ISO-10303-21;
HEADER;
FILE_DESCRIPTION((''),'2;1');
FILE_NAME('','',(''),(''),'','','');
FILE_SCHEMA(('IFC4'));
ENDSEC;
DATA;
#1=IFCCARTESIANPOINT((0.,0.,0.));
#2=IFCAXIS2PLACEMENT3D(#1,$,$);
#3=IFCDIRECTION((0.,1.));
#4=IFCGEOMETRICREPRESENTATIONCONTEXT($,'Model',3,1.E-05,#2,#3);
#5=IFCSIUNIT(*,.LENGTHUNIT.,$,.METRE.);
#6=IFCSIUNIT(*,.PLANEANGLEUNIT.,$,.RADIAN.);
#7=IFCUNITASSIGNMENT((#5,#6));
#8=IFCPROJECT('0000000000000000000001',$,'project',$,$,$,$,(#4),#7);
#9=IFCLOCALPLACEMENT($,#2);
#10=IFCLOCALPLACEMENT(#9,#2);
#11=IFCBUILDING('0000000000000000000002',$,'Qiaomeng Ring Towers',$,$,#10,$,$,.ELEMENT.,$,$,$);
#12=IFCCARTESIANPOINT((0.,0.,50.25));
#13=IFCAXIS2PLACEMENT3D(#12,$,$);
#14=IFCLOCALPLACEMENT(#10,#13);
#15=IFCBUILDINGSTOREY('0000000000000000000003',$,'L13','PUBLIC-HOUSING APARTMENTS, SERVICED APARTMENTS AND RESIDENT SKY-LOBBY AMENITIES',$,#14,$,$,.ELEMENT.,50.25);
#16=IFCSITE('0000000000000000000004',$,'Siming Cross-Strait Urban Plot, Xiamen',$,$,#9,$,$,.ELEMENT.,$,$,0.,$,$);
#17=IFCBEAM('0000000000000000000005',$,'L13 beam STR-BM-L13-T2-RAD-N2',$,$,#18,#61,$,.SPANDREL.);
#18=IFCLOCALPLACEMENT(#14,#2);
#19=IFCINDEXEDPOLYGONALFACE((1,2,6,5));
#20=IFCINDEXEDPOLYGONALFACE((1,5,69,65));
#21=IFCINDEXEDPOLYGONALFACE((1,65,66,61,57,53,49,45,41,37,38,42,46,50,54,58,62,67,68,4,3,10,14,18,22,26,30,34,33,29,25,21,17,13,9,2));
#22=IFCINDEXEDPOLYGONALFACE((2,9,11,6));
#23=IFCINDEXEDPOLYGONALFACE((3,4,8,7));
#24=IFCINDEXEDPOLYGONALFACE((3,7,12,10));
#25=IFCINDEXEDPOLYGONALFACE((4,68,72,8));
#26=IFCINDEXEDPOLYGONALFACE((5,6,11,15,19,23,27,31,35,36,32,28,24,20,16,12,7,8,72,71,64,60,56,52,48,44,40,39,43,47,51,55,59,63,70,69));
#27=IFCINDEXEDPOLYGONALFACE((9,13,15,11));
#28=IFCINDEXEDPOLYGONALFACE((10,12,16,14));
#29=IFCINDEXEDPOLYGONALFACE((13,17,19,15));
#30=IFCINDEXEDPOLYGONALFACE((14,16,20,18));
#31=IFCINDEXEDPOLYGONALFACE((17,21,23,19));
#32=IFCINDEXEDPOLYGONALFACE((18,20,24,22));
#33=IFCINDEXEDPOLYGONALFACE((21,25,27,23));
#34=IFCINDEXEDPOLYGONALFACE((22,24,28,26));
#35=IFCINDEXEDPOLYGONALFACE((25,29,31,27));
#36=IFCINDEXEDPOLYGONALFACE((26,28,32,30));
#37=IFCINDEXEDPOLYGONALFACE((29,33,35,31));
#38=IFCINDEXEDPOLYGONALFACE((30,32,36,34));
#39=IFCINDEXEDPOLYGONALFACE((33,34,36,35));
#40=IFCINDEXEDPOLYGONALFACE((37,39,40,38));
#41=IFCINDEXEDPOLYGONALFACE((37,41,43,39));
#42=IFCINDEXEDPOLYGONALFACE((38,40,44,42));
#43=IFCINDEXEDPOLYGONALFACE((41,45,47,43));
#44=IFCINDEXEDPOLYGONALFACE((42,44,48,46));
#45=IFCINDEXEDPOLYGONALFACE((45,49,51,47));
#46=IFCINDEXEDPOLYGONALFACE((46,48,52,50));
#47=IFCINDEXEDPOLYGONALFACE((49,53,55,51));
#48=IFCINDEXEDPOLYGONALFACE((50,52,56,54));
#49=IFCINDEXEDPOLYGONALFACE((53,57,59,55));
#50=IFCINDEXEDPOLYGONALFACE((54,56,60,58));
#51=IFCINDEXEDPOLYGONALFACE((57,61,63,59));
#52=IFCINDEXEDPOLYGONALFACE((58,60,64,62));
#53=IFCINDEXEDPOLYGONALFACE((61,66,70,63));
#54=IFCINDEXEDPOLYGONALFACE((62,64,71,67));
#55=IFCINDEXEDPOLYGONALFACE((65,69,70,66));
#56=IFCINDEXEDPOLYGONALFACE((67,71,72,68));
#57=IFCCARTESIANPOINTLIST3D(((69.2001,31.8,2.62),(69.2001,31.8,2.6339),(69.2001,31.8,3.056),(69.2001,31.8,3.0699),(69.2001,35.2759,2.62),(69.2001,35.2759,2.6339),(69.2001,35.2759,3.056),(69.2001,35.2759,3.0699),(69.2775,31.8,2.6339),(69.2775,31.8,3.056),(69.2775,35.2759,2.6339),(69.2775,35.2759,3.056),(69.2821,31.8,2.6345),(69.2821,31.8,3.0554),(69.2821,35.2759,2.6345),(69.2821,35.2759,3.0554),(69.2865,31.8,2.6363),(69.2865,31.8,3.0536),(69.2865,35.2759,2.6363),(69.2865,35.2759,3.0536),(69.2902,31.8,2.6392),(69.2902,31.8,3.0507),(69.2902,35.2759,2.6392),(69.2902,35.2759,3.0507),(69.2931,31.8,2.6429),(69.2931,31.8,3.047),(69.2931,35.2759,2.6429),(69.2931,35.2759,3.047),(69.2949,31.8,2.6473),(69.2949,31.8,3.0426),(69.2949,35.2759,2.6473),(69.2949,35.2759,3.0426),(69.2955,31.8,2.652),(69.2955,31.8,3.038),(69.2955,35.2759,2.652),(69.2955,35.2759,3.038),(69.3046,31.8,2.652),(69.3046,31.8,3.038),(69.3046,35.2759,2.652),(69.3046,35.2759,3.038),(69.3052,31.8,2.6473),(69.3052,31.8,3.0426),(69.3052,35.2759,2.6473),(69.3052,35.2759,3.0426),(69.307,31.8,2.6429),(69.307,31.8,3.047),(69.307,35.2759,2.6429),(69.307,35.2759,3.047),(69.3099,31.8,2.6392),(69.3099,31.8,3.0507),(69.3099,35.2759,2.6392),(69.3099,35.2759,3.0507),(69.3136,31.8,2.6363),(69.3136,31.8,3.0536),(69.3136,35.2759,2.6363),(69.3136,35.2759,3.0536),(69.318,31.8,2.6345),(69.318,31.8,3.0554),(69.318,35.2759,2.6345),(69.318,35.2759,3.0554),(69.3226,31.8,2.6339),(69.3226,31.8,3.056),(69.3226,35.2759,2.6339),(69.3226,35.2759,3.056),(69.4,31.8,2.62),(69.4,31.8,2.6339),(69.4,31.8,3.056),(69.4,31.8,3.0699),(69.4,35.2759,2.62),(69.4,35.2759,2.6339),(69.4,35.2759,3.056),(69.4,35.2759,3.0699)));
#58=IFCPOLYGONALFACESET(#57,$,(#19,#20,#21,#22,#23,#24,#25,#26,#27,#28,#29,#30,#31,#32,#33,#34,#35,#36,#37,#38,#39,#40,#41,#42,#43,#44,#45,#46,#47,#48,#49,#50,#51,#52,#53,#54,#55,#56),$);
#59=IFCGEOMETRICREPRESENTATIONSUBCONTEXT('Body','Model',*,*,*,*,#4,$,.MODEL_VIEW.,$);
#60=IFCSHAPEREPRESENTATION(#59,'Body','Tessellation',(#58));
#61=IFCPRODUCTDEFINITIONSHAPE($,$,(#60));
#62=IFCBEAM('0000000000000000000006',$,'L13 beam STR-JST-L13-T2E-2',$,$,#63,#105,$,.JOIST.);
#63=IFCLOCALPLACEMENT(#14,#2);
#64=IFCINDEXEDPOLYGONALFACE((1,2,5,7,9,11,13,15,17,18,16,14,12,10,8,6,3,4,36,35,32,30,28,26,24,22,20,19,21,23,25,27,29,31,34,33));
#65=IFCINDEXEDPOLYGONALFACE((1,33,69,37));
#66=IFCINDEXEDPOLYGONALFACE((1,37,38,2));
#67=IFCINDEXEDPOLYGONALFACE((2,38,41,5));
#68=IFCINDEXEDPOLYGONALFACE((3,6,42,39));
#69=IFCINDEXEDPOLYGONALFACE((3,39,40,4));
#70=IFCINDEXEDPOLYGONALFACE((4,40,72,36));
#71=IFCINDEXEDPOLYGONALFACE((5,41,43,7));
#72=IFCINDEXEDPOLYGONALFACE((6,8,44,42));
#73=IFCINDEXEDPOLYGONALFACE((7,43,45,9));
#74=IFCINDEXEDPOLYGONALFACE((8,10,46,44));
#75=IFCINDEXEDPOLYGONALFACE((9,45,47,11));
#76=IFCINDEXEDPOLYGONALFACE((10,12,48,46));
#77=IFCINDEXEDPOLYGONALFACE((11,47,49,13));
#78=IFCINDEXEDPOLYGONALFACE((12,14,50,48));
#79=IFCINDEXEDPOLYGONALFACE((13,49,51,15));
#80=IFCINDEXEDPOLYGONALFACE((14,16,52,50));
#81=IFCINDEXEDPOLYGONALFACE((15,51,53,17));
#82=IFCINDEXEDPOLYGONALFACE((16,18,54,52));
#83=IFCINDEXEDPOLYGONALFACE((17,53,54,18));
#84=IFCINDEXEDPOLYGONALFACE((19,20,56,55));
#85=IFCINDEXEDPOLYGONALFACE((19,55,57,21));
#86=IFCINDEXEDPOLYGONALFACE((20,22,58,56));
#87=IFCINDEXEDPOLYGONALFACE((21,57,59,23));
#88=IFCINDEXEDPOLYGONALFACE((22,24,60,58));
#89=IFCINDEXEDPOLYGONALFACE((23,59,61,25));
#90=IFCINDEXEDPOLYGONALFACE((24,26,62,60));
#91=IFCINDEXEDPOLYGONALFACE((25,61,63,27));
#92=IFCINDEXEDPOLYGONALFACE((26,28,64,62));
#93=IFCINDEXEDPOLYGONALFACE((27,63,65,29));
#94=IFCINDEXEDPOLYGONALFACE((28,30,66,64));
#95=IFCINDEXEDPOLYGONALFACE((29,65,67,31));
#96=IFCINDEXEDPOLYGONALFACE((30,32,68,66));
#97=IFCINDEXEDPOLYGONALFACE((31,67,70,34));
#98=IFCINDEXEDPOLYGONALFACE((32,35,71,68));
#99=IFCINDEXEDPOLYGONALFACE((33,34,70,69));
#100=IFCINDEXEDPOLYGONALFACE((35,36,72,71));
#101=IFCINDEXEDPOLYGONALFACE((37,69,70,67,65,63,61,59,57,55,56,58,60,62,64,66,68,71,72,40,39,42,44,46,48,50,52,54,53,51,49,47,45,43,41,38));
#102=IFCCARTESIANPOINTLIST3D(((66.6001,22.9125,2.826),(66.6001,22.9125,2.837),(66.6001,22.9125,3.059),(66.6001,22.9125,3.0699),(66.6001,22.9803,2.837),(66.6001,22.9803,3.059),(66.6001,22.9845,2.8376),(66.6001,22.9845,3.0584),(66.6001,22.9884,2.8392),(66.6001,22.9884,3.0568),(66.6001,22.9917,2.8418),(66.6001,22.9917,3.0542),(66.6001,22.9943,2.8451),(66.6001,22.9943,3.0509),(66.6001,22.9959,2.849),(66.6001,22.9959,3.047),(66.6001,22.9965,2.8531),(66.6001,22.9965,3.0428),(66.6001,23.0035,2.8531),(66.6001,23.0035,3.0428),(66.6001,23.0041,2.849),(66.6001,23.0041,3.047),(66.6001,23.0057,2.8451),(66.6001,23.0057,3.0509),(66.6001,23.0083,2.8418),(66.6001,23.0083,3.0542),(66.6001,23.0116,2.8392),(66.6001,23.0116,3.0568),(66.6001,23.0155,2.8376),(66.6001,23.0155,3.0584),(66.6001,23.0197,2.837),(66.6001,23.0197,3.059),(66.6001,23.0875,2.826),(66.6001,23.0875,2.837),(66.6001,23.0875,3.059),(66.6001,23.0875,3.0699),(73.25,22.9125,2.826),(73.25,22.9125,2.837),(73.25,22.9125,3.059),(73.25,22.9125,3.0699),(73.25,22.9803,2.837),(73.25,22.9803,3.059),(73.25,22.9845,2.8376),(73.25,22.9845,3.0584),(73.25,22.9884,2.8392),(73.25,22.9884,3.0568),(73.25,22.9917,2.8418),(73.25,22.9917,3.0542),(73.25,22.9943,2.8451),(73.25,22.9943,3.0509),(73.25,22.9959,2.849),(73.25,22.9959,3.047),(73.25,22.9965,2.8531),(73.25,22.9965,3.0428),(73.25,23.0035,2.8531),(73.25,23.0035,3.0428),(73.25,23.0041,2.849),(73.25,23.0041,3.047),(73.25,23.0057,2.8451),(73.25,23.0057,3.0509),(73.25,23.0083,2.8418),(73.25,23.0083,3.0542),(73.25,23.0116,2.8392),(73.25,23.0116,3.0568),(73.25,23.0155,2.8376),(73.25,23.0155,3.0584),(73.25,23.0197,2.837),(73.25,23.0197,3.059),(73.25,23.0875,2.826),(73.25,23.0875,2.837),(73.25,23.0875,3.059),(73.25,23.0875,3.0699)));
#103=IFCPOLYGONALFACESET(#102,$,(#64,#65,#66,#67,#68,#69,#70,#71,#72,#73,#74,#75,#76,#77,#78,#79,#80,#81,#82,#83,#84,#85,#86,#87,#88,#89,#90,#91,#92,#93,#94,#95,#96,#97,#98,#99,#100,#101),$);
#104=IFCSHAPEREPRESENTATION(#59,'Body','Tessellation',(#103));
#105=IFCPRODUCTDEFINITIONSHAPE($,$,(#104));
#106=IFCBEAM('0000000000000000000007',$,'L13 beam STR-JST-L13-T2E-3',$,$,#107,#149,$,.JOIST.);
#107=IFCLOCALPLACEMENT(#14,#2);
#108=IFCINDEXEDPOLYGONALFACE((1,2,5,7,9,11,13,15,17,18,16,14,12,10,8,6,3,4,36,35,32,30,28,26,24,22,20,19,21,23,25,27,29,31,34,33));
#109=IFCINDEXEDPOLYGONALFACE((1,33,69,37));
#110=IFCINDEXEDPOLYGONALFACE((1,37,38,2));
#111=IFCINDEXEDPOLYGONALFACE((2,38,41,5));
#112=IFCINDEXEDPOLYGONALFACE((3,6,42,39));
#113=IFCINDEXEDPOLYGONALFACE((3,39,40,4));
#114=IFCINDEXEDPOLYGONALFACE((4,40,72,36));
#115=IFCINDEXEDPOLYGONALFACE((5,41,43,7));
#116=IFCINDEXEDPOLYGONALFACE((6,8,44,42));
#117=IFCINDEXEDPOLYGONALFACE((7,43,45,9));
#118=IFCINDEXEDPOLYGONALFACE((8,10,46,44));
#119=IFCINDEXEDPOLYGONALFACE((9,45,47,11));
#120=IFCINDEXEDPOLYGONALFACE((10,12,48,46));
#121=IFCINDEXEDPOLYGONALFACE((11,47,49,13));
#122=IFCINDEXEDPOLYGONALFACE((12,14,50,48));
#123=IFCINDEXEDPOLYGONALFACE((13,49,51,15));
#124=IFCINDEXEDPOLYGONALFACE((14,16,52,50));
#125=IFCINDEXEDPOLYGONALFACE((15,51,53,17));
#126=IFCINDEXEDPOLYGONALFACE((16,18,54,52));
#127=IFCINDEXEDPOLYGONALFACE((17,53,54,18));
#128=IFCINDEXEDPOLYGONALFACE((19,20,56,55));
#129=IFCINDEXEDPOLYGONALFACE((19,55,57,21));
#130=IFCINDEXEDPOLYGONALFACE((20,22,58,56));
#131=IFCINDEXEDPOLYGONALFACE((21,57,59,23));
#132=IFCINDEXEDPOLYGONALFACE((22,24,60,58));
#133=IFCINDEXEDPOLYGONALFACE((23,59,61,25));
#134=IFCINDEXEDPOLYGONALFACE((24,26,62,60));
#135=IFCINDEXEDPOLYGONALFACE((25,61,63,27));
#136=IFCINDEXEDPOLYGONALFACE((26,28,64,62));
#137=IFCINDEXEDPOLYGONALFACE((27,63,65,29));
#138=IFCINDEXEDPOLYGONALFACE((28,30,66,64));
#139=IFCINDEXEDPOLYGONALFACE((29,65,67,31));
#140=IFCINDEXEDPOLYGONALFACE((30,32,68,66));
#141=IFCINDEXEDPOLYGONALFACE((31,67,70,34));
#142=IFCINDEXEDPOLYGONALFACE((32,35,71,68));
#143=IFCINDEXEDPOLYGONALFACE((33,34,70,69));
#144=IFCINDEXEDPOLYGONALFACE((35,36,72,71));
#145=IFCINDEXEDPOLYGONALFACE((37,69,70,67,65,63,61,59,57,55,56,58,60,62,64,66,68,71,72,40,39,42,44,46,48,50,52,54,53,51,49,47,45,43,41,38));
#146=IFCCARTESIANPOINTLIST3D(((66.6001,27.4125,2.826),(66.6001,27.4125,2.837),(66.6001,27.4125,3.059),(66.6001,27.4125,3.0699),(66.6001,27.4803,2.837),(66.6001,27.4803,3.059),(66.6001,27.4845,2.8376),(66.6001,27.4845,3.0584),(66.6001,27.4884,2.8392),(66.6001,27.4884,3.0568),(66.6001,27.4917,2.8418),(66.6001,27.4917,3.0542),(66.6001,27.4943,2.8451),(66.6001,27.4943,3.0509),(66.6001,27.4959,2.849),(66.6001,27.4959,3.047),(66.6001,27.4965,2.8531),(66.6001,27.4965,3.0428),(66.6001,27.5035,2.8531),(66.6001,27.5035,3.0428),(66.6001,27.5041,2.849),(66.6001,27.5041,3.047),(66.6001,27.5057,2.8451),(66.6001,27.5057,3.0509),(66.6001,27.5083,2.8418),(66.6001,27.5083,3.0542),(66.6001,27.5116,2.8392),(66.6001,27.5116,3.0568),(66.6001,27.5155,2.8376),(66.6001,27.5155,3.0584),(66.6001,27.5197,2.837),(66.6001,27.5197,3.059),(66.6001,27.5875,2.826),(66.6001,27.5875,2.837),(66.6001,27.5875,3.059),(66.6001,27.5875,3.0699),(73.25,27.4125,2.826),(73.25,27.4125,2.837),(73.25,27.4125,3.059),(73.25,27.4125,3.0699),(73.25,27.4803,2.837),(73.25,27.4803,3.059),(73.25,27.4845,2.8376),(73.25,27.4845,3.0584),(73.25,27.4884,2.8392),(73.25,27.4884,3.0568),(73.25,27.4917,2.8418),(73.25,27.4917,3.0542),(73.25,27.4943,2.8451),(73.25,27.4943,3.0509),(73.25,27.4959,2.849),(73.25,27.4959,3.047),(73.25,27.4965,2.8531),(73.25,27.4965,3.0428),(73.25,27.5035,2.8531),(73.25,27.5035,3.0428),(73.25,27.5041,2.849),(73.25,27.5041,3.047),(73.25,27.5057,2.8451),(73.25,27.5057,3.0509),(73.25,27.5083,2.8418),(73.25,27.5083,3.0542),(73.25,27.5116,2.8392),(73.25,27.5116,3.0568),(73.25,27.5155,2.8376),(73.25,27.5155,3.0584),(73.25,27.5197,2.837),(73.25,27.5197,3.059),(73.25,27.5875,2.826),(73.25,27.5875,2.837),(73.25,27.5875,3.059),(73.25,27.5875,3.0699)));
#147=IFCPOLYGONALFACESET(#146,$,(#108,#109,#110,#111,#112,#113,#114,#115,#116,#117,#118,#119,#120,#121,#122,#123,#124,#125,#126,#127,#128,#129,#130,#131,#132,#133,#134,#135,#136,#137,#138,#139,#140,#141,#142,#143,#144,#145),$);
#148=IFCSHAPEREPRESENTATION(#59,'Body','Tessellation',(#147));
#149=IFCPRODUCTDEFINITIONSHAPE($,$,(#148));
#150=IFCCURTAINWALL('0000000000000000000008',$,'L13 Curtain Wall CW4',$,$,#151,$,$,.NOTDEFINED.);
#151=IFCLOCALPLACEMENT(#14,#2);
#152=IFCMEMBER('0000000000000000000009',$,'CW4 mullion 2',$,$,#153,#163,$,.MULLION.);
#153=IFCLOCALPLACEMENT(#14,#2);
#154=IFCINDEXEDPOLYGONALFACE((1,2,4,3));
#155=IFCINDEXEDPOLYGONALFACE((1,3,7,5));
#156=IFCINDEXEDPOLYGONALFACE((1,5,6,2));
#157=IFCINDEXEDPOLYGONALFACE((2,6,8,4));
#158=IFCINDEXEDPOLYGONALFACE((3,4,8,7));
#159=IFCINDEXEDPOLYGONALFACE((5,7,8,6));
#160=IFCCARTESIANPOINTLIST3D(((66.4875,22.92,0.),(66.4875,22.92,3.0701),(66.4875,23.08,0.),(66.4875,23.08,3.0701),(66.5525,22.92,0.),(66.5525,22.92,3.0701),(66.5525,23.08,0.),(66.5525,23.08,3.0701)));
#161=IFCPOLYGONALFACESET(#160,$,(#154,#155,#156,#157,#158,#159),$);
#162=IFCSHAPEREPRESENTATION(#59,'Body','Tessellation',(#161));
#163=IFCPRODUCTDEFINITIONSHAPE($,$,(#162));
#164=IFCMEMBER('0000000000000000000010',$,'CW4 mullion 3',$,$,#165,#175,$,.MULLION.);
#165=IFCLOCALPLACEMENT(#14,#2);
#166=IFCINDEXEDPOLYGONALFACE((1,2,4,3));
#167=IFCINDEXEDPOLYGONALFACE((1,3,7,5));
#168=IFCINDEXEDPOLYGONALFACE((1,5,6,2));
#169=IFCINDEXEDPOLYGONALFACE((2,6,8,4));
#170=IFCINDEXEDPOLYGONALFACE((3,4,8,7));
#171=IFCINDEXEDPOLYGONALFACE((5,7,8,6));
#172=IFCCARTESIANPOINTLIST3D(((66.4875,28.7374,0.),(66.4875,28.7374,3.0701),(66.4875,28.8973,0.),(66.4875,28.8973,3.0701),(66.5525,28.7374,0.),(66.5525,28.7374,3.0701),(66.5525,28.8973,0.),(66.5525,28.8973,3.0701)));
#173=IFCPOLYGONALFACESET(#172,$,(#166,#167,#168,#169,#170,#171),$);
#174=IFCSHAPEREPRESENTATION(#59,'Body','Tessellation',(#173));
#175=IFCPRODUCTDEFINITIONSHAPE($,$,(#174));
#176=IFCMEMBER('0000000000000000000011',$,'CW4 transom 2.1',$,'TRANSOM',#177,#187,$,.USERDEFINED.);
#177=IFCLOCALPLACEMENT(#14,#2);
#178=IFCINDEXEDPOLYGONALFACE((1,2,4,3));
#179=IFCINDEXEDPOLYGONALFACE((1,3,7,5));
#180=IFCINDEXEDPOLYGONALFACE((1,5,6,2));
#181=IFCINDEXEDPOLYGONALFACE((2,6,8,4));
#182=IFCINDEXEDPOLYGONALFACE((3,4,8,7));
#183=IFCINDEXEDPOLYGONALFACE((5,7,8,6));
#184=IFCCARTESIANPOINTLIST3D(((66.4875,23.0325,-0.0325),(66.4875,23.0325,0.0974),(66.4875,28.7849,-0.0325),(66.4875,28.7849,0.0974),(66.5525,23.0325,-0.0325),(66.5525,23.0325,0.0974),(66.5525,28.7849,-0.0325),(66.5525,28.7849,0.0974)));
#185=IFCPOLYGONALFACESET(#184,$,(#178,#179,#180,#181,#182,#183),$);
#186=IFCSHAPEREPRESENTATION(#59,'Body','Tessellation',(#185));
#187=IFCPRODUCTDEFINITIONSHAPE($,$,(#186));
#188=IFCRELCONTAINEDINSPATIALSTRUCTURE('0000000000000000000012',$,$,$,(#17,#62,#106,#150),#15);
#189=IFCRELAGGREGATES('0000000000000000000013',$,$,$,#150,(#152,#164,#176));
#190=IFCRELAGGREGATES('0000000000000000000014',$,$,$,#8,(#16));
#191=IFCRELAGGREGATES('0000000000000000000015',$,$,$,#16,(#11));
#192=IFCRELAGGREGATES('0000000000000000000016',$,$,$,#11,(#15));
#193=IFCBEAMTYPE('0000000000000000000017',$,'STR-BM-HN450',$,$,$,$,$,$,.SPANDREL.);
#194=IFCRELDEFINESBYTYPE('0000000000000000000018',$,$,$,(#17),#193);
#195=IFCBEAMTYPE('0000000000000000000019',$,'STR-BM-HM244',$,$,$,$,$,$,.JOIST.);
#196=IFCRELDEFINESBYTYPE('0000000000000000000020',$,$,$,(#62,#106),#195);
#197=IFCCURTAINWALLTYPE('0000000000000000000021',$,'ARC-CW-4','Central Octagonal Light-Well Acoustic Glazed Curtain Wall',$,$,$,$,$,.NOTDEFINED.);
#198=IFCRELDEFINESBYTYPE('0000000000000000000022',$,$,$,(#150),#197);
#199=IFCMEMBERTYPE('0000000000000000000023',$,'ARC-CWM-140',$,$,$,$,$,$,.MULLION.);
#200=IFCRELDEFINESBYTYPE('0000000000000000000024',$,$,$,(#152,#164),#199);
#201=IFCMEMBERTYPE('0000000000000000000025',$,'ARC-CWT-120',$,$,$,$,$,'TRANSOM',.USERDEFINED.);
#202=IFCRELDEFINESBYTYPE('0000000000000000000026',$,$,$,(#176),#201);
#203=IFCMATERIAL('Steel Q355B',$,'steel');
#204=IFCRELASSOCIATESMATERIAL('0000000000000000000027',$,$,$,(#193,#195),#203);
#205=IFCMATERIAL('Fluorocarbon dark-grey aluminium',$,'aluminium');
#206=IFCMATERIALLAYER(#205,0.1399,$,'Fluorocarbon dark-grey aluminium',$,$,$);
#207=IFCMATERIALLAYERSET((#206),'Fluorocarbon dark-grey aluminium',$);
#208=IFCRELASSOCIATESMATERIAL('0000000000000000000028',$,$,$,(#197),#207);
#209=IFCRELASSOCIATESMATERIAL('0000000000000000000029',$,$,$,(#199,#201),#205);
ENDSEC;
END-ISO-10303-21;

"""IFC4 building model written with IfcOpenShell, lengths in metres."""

from ifc_helpers import new_model, si_unit, direction, frame, origin, origin_2d, place, context, subcontext, project, spatial, rectangle, i_section, extrude, source, transform, mapped, material, layer, layer_set, material_profile, profile_set, type_object, element, aggregate, save


model = new_model("IFC4")

# Units and contexts
model_context = context("Model", 3, precision=1e-05, world=origin(), true_north=direction((0.0, 1.0)))
body_context = subcontext(model_context, "Body", "Model", "MODEL_VIEW")
ifc_project = project(units=[si_unit("LENGTHUNIT", "METRE"), si_unit("PLANEANGLEUNIT", "RADIAN")], contexts=[model_context])

# Site, building, storey
site_placement = place(None, origin())
site = spatial("IfcSite", under=ifc_project, at=site_placement, Name="Siming Cross-Strait Urban Plot, Xiamen", CompositionType="ELEMENT", RefElevation=0.0)
building_placement = place(site_placement, origin())
building = spatial("IfcBuilding", under=site, at=building_placement, Name="Qiaomeng Ring Towers", CompositionType="ELEMENT")
storey_placement = place(building_placement, frame((0.0, 0.0, 50.25)))
storey = spatial("IfcBuildingStorey", under=building, at=storey_placement, Name="L13", Description="PUBLIC-HOUSING APARTMENTS, SERVICED APARTMENTS AND RESIDENT SKY-LOBBY AMENITIES", CompositionType="ELEMENT", Elevation=50.25)

# Beams
ifc_material_1 = material(Name="Steel Q355B", Category="steel")
ifc_material_profile_1 = material_profile(ifc_material_1, i_section(OverallWidth=0.2, OverallDepth=0.45, WebThickness=0.009, FlangeThickness=0.0139, FilletRadius=0.0181, at=origin_2d()), Name="HN 450x200x9x14")
ifc_profile_set_1 = profile_set([ifc_material_profile_1], Name="Steel Q355B")
beam_type_1 = type_object("IfcBeamType", Name="STR-BM-HN450", PredefinedType="SPANDREL", material=ifc_profile_set_1)
shared_shape_1 = source(origin(), body_context, "Body", "SweptSolid", [
    extrude(i_section(OverallWidth=0.2, OverallDepth=0.45, WebThickness=0.009, FlangeThickness=0.0139, FilletRadius=0.0181, at=origin_2d()), origin(), (0.0, 0.0, 1.0), 3.4758),
])
beam_1_placement = place(storey_placement, frame((69.3, 35.2759, 2.845), z_axis=(0.0, -1.0, 0.0), x_axis=(1.0, 0.0, 0.0)))
element("IfcBeam", 1, at=beam_1_placement, inside=storey, type_object=beam_type_1, Name="L13 beam STR-BM-L13-T2-RAD-N2", PredefinedType="SPANDREL", context=body_context, shape_type="MappedRepresentation", body=[
    mapped(shared_shape_1, transform((0.0, 0.0, 0.0), x_axis=(1.0, 0.0, 0.0), y_axis=(0.0, 1.0, 0.0), z_axis=(0.0, 0.0, 1.0), scale=1.0)),
])
ifc_material_profile_2 = material_profile(ifc_material_1, i_section(OverallWidth=0.175, OverallDepth=0.2439, WebThickness=0.0071, FlangeThickness=0.011, FilletRadius=0.0161, at=origin_2d()), Name="HM 244x175x7x11")
ifc_profile_set_2 = profile_set([ifc_material_profile_2], Name="Steel Q355B")
beam_type_2 = type_object("IfcBeamType", Name="STR-BM-HM244", PredefinedType="JOIST", material=ifc_profile_set_2)
shared_shape_2 = source(origin(), body_context, "Body", "SweptSolid", [
    extrude(i_section(OverallWidth=0.175, OverallDepth=0.2439, WebThickness=0.0071, FlangeThickness=0.011, FilletRadius=0.0161, at=origin_2d()), origin(), (0.0, 0.0, 1.0), 6.6499),
])
for number, where, z_axis, x_axis, name in (
    (2, (66.6001, 23.0, 2.948), (1.0, 0.0, 0.0), (0.0, 1.0, 0.0), "L13 beam STR-JST-L13-T2E-2"),
    (3, (66.6001, 27.5, 2.948), (1.0, 0.0, 0.0), (0.0, 1.0, 0.0), "L13 beam STR-JST-L13-T2E-3"),
):
    element("IfcBeam", number, at=place(storey_placement, frame(where, z_axis=z_axis, x_axis=x_axis)), inside=storey, type_object=beam_type_2, Name=name, PredefinedType="JOIST", context=body_context, shape_type="MappedRepresentation", body=[
        mapped(shared_shape_2, transform((0.0, 0.0, 0.0), x_axis=(1.0, 0.0, 0.0), y_axis=(0.0, 1.0, 0.0), z_axis=(0.0, 0.0, 1.0), scale=1.0)),
    ])

# Curtain wall, members
ifc_material_2 = material(Name="Fluorocarbon dark-grey aluminium", Category="aluminium")
ifc_layer_1 = layer(ifc_material_2, 0.1399, Name="Fluorocarbon dark-grey aluminium")
ifc_layer_set_1 = layer_set([ifc_layer_1], Name="Fluorocarbon dark-grey aluminium")
curtain_wall_type_1 = type_object("IfcCurtainWallType", Name="ARC-CW-4", Description="Central Octagonal Light-Well Acoustic Glazed Curtain Wall", PredefinedType="NOTDEFINED", material=ifc_layer_set_1)
curtain_wall_1_placement = place(storey_placement, origin())
curtain_wall_1 = element("IfcCurtainWall", 4, at=curtain_wall_1_placement, inside=storey, type_object=curtain_wall_type_1, Name="L13 Curtain Wall CW4", PredefinedType="NOTDEFINED")
ifc_material_profile_3 = material_profile(ifc_material_2, rectangle(XDim=0.0649, YDim=0.1599, at=origin_2d()), Name="ALU MULL 65x160")
ifc_profile_set_3 = profile_set([ifc_material_profile_3], Name="Fluorocarbon dark-grey aluminium")
member_type_1 = type_object("IfcMemberType", Name="ARC-CWM-140", PredefinedType="MULLION", material=ifc_profile_set_3)
shared_shape_3 = source(origin(), body_context, "Body", "SweptSolid", [
    extrude(rectangle(XDim=0.0649, YDim=0.1599, at=origin_2d()), origin(), (0.0, 0.0, 1.0), 3.0701),
])
member_1_placement = place(storey_placement, frame((66.52, 23.0, 0.0), z_axis=(0.0, 0.0, 1.0), x_axis=(-1.0, 0.0, 0.0)))
member_1 = element("IfcMember", 5, at=member_1_placement, type_object=member_type_1, Name="CW4 mullion 2", PredefinedType="MULLION", context=body_context, shape_type="MappedRepresentation", body=[
    mapped(shared_shape_3, transform((0.0, 0.0, 0.0), x_axis=(1.0, 0.0, 0.0), y_axis=(0.0, 1.0, 0.0), z_axis=(0.0, 0.0, 1.0), scale=1.0)),
])
member_2_placement = place(storey_placement, frame((66.52, 28.8174, 0.0), z_axis=(0.0, 0.0, 1.0), x_axis=(-1.0, 0.0, 0.0)))
member_2 = element("IfcMember", 6, at=member_2_placement, type_object=member_type_1, Name="CW4 mullion 3", PredefinedType="MULLION", context=body_context, shape_type="MappedRepresentation", body=[
    mapped(shared_shape_3, transform((0.0, 0.0, 0.0), x_axis=(1.0, 0.0, 0.0), y_axis=(0.0, 1.0, 0.0), z_axis=(0.0, 0.0, 1.0), scale=1.0)),
])
ifc_material_profile_4 = material_profile(ifc_material_2, rectangle(XDim=0.0649, YDim=0.1299, at=origin_2d()), Name="ALU TRAN 65x130")
ifc_profile_set_4 = profile_set([ifc_material_profile_4], Name="Fluorocarbon dark-grey aluminium")
member_type_2 = type_object("IfcMemberType", Name="ARC-CWT-120", ElementType="TRANSOM", PredefinedType="USERDEFINED", material=ifc_profile_set_4)
shared_shape_4 = source(origin(), body_context, "Body", "SweptSolid", [
    extrude(rectangle(XDim=0.0649, YDim=0.1299, at=origin_2d()), origin(), (0.0, 0.0, 1.0), 5.7524),
])
member_3_placement = place(storey_placement, frame((66.52, 23.0325, 0.0325), z_axis=(0.0, 1.0, 0.0), x_axis=(-1.0, 0.0, 0.0)))
member_3 = element("IfcMember", 7, at=member_3_placement, type_object=member_type_2, Name="CW4 transom 2.1", ObjectType="TRANSOM", PredefinedType="USERDEFINED", context=body_context, shape_type="MappedRepresentation", body=[
    mapped(shared_shape_4, transform((0.0, 0.0, 0.0), x_axis=(1.0, 0.0, 0.0), y_axis=(0.0, 1.0, 0.0), z_axis=(0.0, 0.0, 1.0), scale=1.0)),
])

aggregate(curtain_wall_1, [member_1, member_2, member_3])

save(model, "model.ifc")
